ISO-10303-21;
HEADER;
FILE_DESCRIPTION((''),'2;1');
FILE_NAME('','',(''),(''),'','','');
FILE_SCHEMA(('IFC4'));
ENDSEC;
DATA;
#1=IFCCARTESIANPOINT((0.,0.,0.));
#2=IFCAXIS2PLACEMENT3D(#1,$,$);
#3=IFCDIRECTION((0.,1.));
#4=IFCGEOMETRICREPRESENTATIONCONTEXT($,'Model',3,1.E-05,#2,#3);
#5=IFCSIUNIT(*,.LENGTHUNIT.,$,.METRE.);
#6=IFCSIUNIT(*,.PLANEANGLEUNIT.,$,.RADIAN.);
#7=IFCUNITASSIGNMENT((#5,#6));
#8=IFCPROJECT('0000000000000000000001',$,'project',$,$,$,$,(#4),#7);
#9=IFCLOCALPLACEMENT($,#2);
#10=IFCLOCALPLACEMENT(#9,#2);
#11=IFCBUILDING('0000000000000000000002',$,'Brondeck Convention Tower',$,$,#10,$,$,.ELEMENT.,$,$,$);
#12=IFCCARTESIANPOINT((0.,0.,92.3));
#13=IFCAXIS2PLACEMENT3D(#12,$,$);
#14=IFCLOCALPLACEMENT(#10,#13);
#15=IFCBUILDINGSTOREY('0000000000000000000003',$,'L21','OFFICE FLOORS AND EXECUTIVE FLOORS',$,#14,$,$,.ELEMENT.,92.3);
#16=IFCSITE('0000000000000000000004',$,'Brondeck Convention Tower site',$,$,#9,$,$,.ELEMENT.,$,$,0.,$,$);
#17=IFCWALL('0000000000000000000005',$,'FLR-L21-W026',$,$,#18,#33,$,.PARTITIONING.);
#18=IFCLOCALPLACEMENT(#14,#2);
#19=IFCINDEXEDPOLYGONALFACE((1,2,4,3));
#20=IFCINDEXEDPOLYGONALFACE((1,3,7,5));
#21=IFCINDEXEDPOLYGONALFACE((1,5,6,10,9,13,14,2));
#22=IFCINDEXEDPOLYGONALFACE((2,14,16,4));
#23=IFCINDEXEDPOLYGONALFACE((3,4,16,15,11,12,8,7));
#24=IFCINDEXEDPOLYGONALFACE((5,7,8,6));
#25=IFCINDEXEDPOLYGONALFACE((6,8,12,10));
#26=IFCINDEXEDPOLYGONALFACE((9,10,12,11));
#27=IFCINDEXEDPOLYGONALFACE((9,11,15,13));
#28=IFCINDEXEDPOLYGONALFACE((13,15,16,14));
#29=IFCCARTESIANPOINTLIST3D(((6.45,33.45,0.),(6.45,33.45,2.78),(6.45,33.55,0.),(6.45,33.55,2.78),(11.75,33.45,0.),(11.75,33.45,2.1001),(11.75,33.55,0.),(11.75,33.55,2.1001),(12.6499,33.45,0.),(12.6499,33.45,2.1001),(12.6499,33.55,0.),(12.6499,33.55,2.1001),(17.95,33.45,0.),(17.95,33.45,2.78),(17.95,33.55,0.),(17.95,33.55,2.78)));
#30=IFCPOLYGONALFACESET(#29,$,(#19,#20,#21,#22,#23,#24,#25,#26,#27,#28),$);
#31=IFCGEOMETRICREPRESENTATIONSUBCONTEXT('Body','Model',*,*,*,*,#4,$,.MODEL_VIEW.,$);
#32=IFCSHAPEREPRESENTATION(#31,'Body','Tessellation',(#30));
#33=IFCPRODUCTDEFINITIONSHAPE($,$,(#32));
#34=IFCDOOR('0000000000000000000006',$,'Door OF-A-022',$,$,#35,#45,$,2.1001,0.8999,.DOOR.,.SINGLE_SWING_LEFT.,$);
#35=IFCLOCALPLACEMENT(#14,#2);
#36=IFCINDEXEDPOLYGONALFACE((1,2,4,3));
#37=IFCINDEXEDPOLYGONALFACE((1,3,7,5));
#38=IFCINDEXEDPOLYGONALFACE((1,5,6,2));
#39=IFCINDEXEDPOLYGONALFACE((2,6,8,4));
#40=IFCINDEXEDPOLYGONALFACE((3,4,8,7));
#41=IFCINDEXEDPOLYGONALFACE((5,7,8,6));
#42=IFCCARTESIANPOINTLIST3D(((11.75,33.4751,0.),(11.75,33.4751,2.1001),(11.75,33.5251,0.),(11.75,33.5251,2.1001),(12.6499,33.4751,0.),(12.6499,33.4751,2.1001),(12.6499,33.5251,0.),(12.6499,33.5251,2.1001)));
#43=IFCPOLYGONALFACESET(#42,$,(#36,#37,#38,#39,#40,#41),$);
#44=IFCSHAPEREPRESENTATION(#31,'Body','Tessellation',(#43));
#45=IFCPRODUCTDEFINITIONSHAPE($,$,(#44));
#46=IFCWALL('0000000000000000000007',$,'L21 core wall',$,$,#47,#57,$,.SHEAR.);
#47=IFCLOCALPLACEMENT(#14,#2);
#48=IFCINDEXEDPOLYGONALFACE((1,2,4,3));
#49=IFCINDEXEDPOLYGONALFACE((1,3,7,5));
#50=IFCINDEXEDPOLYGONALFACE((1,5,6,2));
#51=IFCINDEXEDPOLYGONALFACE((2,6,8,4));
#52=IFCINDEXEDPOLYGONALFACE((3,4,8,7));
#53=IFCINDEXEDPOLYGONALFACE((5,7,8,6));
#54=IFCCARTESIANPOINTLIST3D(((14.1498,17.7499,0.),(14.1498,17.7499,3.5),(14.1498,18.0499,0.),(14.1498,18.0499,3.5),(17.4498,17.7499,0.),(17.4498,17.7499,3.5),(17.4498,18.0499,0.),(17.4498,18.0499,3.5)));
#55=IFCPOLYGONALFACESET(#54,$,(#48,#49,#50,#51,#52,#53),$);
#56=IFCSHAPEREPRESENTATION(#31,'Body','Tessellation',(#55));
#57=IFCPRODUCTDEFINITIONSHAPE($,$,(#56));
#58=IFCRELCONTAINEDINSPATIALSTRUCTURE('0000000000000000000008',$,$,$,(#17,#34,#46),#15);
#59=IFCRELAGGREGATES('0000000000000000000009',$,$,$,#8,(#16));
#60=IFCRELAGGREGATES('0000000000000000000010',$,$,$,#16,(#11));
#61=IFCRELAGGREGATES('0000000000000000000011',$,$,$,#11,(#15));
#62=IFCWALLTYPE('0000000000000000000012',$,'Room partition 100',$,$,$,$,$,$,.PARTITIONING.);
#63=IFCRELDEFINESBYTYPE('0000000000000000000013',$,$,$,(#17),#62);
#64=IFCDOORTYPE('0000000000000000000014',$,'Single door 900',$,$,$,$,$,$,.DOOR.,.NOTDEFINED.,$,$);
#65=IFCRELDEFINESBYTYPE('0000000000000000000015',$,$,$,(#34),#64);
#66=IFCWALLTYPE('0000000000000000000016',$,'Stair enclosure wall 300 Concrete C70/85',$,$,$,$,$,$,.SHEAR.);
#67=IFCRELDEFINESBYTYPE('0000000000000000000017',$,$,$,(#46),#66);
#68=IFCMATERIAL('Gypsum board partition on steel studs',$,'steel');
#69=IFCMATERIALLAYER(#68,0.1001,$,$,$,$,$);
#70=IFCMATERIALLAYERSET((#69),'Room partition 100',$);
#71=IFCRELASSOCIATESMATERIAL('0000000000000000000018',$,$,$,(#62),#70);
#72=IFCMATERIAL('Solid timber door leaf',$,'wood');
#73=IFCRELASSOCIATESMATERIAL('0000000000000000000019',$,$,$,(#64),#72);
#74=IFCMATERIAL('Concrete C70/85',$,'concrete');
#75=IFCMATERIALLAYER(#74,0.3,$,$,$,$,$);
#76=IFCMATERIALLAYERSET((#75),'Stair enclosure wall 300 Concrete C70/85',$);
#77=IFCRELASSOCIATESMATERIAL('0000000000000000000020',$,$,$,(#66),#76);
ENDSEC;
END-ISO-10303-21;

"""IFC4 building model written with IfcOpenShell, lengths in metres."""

from ifc_helpers import new_model, si_unit, direction, frame, frame_2d, origin, place, context, subcontext, project, spatial, rectangle, extrude, material, layer, layer_set, type_object, element, fill, save


model = new_model("IFC4")

# Units and contexts
model_context = context("Model", 3, precision=1e-05, world=origin(), true_north=direction((0.0, 1.0)))
body_context = subcontext(model_context, "Body", "Model", "MODEL_VIEW")
ifc_project = project(units=[si_unit("LENGTHUNIT", "METRE"), si_unit("PLANEANGLEUNIT", "RADIAN")], contexts=[model_context])

# Site, building, storey
site_placement = place(None, origin())
site = spatial("IfcSite", under=ifc_project, at=site_placement, Name="Brondeck Convention Tower site", CompositionType="ELEMENT", RefElevation=0.0)
building_placement = place(site_placement, origin())
building = spatial("IfcBuilding", under=site, at=building_placement, Name="Brondeck Convention Tower", CompositionType="ELEMENT")
storey_placement = place(building_placement, frame((0.0, 0.0, 92.3)))
storey = spatial("IfcBuildingStorey", under=building, at=storey_placement, Name="L21", Description="OFFICE FLOORS AND EXECUTIVE FLOORS", CompositionType="ELEMENT", Elevation=92.3)

# Shared definitions
ifc_material_1 = material(Name="Concrete C70/85", Category="concrete")

# Shared definitions
ifc_material_2 = material(Name="Gypsum board partition on steel studs", Category="steel")
ifc_layer_1 = layer(ifc_material_2, 0.1001)
ifc_layer_set_1 = layer_set([ifc_layer_1], Name="Room partition 100")
wall_type_1 = type_object("IfcWallType", Name="Room partition 100", PredefinedType="PARTITIONING", material=ifc_layer_set_1)

# Shared definitions
ifc_material_3 = material(Name="Solid timber door leaf", Category="wood")
door_type_1 = type_object("IfcDoorType", Name="Single door 900", OperationType="NOTDEFINED", PredefinedType="DOOR", material=ifc_material_3)

# Wall, opening, door
wall_1_placement = place(storey_placement, frame((17.95, 33.5, 0.0), z_axis=(0.0, 0.0, 1.0), x_axis=(-1.0, 0.0, 0.0)))
wall_1 = element("IfcWall", 1, at=wall_1_placement, inside=storey, type_object=wall_type_1, Name="FLR-L21-W026", PredefinedType="PARTITIONING", context=body_context, shape_type="SweptSolid", body=[
    extrude(rectangle(XDim=11.5, YDim=0.1001, at=frame_2d((5.75, 0.0))), origin(), (0.0, 0.0, 1.0), 2.78),
])
opening_1_placement = place(wall_1_placement, frame((5.3, 0.0, 0.0)))
opening_1 = element("IfcOpeningElement", 2, at=opening_1_placement, cuts=wall_1, PredefinedType="OPENING", context=body_context, shape_type="SweptSolid", body=[
    extrude(rectangle(XDim=0.8999, YDim=2.1001, at=frame_2d((0.45, 1.05))), frame((0.0, 0.0601, 0.0), z_axis=(0.0, -1.0, 0.0), x_axis=(1.0, 0.0, 0.0)), (0.0, 0.0, 1.0), 0.1201),
])
door_1_placement = place(opening_1_placement, origin())
door_1 = element("IfcDoor", 3, at=door_1_placement, inside=storey, type_object=door_type_1, Name="Door OF-A-022", OperationType="SINGLE_SWING_LEFT", OverallHeight=2.1001, OverallWidth=0.8999, PredefinedType="DOOR", context=body_context, shape_type="SweptSolid", body=[
    extrude(rectangle(XDim=0.8999, YDim=2.1001, at=frame_2d((0.45, 1.05))), frame((0.0, 0.0249, 0.0), z_axis=(0.0, -1.0, 0.0), x_axis=(1.0, 0.0, 0.0)), (0.0, 0.0, 1.0), 0.05),
])
fill(opening_1, door_1)

# Wall
ifc_layer_2 = layer(ifc_material_1, 0.3)
ifc_layer_set_2 = layer_set([ifc_layer_2], Name="Stair enclosure wall 300 Concrete C70/85")
wall_type_2 = type_object("IfcWallType", Name="Stair enclosure wall 300 Concrete C70/85", PredefinedType="SHEAR", material=ifc_layer_set_2)
wall_2_placement = place(storey_placement, frame((14.1499, 17.8999, 0.0), z_axis=(0.0, 0.0, 1.0), x_axis=(1.0, 0.0, 0.0)))
element("IfcWall", 4, at=wall_2_placement, inside=storey, type_object=wall_type_2, Name="L21 core wall", PredefinedType="SHEAR", context=body_context, shape_type="SweptSolid", body=[
    extrude(rectangle(XDim=3.3, YDim=0.3, at=frame_2d((1.6499, 0.0))), origin(), (0.0, 0.0, 1.0), 3.5),
])

save(model, "model.ifc")
